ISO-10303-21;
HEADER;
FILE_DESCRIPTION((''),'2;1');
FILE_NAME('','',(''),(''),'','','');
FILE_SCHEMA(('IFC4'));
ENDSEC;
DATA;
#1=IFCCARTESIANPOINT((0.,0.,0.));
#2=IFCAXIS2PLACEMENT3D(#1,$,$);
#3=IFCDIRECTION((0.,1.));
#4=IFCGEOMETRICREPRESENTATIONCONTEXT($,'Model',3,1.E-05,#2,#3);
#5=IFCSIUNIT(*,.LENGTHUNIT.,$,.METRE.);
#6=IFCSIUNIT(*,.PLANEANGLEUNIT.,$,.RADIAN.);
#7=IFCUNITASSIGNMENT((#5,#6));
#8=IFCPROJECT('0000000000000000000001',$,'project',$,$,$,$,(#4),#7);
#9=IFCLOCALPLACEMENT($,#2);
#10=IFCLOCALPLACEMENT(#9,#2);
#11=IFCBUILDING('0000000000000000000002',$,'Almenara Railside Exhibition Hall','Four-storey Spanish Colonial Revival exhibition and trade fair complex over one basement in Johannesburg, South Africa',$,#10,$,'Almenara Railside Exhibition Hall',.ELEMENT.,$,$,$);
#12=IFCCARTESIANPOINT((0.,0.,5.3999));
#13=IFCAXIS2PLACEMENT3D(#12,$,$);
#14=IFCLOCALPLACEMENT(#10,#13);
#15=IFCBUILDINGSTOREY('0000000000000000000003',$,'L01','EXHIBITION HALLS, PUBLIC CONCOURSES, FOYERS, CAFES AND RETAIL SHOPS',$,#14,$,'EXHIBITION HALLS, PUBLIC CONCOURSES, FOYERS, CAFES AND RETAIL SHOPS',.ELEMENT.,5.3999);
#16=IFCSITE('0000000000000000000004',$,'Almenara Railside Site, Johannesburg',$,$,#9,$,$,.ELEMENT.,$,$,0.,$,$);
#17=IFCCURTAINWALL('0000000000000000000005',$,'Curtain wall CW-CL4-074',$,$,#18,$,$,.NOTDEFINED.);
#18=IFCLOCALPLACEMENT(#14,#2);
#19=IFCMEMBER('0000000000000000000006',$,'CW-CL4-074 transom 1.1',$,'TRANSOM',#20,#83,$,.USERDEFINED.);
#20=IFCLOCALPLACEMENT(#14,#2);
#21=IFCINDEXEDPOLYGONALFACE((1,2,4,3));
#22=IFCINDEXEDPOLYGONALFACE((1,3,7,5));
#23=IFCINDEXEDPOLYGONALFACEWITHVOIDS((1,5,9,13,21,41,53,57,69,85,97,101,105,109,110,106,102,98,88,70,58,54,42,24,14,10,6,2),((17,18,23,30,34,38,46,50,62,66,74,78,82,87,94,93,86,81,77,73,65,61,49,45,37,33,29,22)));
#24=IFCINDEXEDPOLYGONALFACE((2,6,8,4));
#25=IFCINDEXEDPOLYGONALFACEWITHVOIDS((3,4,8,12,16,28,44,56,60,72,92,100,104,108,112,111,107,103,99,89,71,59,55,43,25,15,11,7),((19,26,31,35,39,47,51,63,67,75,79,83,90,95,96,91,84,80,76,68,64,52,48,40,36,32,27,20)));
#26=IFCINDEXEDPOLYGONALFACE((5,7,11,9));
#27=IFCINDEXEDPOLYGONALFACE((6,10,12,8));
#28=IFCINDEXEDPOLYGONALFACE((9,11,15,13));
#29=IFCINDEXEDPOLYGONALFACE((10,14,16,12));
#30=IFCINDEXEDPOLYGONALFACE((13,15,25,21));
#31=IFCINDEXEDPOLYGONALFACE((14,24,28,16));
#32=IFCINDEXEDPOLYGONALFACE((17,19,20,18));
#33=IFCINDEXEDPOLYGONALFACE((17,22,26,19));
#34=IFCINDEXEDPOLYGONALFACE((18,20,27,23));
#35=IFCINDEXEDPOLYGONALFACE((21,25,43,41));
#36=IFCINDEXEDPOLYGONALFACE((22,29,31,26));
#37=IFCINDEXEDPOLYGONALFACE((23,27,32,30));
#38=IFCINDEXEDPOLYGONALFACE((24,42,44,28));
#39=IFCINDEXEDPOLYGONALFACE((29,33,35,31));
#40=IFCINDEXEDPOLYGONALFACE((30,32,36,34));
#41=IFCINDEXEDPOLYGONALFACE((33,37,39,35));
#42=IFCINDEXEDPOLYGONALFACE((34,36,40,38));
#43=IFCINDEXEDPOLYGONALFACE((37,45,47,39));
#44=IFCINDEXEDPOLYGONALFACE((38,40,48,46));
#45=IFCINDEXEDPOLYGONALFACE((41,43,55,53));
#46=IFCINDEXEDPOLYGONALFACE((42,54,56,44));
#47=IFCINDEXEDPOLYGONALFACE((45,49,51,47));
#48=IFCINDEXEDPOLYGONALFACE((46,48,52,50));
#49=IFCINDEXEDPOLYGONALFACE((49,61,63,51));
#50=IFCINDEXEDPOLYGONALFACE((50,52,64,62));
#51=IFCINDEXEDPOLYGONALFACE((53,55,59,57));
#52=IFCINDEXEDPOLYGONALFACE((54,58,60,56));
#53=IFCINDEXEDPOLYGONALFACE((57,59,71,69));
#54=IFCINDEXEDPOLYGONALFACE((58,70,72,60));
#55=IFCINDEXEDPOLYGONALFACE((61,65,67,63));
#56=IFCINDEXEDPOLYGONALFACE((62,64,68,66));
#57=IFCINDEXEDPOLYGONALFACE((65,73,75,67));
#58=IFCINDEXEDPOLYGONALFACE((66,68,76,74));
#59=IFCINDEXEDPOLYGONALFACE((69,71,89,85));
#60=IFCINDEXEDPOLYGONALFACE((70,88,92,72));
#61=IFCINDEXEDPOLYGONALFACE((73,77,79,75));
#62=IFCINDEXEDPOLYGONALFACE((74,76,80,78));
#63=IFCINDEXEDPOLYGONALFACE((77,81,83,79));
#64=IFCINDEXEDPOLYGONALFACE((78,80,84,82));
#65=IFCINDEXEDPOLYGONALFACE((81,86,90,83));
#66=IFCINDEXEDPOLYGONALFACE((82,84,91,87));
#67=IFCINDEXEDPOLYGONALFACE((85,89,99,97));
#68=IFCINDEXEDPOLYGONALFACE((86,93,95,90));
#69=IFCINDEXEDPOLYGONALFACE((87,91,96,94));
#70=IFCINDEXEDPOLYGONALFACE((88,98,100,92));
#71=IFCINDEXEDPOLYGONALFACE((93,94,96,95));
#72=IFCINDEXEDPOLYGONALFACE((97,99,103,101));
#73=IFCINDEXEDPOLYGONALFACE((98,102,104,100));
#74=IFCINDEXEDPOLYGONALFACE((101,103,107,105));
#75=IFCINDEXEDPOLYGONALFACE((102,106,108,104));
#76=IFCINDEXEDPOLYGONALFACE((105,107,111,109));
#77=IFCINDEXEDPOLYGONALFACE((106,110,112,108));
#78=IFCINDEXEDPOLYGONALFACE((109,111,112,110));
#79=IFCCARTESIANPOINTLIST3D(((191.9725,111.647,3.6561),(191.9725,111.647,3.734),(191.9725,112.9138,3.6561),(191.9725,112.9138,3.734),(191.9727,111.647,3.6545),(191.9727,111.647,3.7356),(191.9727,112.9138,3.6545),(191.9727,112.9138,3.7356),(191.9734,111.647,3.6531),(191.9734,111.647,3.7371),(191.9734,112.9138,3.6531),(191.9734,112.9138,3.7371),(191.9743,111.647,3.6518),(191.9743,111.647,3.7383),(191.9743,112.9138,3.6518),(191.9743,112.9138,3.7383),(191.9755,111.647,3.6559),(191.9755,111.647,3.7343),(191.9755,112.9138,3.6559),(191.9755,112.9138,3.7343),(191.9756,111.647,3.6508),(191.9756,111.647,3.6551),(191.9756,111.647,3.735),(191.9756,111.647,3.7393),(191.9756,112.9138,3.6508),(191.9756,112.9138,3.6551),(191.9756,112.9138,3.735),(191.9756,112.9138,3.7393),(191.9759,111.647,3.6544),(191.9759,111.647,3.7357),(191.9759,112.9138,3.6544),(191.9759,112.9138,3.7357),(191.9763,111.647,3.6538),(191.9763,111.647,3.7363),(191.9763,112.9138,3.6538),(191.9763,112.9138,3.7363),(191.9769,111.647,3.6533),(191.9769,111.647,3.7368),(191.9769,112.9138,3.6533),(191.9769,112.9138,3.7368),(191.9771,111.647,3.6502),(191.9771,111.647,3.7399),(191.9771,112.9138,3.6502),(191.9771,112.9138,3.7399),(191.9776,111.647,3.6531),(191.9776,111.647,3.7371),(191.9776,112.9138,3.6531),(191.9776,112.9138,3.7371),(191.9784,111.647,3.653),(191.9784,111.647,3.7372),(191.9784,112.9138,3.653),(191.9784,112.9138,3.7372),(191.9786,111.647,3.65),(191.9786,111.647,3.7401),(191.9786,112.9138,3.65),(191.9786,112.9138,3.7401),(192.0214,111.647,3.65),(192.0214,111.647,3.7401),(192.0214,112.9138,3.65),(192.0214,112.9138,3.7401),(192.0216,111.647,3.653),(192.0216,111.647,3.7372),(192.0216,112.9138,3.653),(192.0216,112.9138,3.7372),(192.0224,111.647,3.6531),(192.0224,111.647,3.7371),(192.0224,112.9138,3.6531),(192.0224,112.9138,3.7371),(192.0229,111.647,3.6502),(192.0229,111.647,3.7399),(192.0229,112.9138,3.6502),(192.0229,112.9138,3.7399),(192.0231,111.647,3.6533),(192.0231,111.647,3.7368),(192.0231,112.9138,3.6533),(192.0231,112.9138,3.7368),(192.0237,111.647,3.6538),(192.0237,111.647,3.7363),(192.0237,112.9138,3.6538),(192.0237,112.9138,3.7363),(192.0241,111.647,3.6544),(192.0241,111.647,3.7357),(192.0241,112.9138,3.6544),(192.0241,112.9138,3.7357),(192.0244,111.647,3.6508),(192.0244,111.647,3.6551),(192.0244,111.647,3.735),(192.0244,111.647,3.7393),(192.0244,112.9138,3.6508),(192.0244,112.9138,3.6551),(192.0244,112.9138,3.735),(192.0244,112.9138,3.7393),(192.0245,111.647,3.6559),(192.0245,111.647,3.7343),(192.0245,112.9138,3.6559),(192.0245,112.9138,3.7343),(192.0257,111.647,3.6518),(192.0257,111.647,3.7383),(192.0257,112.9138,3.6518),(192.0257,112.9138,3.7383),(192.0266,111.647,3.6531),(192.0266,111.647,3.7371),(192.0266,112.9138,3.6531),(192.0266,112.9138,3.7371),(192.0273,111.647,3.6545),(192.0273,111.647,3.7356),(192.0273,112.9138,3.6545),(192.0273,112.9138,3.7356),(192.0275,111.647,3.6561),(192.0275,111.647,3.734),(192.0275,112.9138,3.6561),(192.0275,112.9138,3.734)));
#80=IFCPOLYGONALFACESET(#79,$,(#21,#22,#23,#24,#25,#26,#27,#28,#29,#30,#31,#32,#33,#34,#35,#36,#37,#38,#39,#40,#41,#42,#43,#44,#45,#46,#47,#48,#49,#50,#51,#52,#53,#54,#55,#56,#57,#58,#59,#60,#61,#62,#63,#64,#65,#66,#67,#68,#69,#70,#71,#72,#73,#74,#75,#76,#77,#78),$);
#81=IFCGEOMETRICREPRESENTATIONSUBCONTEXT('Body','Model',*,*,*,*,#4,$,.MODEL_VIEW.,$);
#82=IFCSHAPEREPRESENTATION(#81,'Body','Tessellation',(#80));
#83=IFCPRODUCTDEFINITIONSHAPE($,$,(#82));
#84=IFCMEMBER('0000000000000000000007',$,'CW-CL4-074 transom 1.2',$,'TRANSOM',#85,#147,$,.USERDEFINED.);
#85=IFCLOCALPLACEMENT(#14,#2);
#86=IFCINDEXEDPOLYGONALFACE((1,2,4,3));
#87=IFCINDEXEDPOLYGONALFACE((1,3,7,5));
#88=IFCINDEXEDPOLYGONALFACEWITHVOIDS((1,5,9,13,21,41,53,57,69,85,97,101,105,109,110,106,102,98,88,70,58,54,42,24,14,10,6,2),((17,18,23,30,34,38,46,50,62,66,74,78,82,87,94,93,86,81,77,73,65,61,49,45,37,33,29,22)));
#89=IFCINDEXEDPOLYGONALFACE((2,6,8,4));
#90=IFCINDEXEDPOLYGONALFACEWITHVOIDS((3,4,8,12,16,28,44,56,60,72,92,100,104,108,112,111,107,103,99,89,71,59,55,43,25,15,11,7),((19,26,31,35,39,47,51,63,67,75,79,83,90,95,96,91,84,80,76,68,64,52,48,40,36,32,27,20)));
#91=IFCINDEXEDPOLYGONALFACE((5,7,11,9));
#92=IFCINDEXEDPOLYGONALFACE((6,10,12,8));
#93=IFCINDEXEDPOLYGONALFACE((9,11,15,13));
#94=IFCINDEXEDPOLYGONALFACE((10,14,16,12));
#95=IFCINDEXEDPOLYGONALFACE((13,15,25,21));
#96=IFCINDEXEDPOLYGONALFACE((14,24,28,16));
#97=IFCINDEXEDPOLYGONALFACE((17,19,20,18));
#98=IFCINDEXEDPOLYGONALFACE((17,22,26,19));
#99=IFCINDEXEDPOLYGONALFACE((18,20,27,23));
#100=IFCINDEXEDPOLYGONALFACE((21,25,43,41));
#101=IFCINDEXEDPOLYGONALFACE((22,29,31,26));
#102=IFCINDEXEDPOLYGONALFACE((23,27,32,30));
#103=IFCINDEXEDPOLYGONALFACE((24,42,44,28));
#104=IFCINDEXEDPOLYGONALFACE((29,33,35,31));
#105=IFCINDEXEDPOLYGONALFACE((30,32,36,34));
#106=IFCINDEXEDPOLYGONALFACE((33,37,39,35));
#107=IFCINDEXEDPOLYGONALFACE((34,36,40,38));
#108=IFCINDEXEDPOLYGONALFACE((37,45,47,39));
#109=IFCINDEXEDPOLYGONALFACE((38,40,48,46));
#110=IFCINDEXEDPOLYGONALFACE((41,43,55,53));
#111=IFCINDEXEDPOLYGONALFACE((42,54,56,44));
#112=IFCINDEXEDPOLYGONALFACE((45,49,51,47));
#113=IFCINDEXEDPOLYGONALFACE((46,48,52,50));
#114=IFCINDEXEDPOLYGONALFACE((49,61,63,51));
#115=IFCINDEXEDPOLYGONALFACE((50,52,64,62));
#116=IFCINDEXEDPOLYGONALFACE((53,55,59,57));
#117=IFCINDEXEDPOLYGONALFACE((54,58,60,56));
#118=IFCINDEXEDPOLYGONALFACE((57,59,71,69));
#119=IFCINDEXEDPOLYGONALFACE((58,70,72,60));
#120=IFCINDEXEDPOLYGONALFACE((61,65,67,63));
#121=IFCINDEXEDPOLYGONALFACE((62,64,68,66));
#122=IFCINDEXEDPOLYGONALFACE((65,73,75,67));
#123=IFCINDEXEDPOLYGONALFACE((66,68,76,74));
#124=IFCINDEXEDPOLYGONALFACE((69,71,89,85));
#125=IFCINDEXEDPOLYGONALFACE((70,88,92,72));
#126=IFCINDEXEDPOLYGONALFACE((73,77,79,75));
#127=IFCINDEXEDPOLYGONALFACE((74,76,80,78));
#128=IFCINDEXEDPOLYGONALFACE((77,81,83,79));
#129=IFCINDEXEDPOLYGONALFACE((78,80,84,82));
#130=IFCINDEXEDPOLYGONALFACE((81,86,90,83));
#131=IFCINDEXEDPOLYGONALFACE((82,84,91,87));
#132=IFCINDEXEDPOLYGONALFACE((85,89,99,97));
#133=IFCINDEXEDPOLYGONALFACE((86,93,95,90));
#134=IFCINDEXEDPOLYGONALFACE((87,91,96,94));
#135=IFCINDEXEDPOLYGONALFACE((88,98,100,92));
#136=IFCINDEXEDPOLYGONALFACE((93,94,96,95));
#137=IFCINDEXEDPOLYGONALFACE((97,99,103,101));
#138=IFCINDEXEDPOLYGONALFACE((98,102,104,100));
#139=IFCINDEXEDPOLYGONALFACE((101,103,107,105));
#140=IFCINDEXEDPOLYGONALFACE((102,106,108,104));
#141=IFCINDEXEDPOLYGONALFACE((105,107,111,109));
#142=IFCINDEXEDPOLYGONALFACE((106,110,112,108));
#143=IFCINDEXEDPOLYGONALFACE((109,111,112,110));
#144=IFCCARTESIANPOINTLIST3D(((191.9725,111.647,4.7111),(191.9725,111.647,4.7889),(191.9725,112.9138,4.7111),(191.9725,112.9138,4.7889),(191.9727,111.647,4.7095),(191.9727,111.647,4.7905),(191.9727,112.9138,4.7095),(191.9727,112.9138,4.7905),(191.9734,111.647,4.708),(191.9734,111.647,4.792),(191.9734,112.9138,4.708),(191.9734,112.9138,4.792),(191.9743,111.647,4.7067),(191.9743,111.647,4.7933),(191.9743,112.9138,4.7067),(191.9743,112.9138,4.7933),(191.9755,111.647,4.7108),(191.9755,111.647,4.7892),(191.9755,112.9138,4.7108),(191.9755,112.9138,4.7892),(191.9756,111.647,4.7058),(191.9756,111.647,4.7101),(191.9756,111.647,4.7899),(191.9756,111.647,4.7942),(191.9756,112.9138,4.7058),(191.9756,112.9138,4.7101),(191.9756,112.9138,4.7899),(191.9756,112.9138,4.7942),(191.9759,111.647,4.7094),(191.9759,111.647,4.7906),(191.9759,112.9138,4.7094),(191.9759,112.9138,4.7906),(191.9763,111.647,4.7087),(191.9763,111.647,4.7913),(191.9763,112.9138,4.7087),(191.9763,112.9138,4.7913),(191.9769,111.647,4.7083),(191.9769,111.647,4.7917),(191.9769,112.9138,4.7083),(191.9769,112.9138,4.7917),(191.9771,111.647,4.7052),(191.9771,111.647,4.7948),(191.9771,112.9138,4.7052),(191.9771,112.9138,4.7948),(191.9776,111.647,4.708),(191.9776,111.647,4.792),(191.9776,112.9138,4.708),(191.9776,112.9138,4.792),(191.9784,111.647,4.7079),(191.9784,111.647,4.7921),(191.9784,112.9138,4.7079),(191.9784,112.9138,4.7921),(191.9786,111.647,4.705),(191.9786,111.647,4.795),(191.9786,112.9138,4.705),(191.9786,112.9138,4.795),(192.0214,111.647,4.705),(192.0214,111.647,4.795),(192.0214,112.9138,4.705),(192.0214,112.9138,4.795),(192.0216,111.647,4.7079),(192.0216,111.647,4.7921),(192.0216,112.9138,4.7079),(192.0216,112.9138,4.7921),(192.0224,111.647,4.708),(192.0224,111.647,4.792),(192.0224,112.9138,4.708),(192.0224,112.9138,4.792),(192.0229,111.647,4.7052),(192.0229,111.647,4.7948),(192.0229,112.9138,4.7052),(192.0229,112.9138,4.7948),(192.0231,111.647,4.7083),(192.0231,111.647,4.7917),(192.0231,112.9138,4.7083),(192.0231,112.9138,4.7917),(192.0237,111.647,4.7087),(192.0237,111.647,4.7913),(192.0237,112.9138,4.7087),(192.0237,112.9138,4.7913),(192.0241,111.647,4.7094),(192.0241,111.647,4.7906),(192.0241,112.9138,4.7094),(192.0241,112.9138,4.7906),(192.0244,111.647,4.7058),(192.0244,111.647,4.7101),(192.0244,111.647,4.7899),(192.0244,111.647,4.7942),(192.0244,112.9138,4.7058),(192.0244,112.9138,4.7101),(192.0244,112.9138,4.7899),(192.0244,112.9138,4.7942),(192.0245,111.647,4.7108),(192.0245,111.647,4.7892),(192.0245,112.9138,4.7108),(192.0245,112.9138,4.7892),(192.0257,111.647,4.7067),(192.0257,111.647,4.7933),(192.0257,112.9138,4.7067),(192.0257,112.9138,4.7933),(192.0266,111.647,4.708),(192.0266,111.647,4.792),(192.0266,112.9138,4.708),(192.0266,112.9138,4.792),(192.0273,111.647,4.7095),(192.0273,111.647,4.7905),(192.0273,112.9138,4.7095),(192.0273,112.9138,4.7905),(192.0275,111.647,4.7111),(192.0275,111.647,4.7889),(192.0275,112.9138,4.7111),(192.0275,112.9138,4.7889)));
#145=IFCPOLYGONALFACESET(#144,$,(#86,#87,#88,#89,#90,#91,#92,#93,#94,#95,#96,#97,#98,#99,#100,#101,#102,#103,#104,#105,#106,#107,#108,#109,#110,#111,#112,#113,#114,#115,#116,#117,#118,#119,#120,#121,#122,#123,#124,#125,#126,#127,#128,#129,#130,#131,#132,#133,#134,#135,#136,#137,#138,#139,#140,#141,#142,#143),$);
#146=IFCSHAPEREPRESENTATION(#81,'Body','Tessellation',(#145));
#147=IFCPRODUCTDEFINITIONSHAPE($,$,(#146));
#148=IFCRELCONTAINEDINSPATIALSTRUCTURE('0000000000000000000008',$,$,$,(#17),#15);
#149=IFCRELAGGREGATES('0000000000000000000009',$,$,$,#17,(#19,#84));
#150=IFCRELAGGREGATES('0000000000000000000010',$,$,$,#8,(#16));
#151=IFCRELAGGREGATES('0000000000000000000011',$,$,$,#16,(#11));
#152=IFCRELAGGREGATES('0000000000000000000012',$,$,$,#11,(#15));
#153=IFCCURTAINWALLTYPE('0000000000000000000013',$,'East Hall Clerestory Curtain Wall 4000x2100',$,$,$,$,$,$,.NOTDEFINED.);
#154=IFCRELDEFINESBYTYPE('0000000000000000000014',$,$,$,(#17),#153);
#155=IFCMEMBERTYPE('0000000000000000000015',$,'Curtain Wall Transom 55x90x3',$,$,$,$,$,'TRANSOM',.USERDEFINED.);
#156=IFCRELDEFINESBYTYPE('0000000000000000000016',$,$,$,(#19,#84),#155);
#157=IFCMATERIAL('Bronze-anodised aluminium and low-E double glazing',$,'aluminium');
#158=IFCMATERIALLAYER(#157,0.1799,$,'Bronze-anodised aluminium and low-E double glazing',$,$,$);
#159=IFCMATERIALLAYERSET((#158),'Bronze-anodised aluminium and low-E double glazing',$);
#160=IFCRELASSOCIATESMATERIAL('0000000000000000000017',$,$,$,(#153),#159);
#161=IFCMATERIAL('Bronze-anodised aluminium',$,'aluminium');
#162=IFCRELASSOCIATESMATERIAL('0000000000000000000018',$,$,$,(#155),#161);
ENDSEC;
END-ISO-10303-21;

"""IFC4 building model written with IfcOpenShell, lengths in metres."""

from ifc_helpers import new_model, si_unit, direction, frame, origin, origin_2d, place, context, subcontext, project, spatial, hollow_rectangle, extrude, material, layer, layer_set, material_profile, profile_set, type_object, element, aggregate, save


model = new_model("IFC4")

# Units and contexts
model_context = context("Model", 3, precision=1e-05, world=origin(), true_north=direction((0.0, 1.0)))
body_context = subcontext(model_context, "Body", "Model", "MODEL_VIEW")
ifc_project = project(units=[si_unit("LENGTHUNIT", "METRE"), si_unit("PLANEANGLEUNIT", "RADIAN")], contexts=[model_context])

# Site, building, storey
site_placement = place(None, origin())
site = spatial("IfcSite", under=ifc_project, at=site_placement, Name="Almenara Railside Site, Johannesburg", CompositionType="ELEMENT", RefElevation=0.0)
building_placement = place(site_placement, origin())
building = spatial("IfcBuilding", under=site, at=building_placement, Name="Almenara Railside Exhibition Hall", Description="Four-storey Spanish Colonial Revival exhibition and trade fair complex over one basement in Johannesburg, South Africa", LongName="Almenara Railside Exhibition Hall", CompositionType="ELEMENT")
storey_placement = place(building_placement, frame((0.0, 0.0, 5.3999)))
storey = spatial("IfcBuildingStorey", under=building, at=storey_placement, Name="L01", Description="EXHIBITION HALLS, PUBLIC CONCOURSES, FOYERS, CAFES AND RETAIL SHOPS", LongName="EXHIBITION HALLS, PUBLIC CONCOURSES, FOYERS, CAFES AND RETAIL SHOPS", CompositionType="ELEMENT", Elevation=5.3999)

# Curtain wall
ifc_material_1 = material(Name="Bronze-anodised aluminium and low-E double glazing", Category="aluminium")
ifc_layer_1 = layer(ifc_material_1, 0.1799, Name="Bronze-anodised aluminium and low-E double glazing")
ifc_layer_set_1 = layer_set([ifc_layer_1], Name="Bronze-anodised aluminium and low-E double glazing")
curtain_wall_type = type_object("IfcCurtainWallType", Name="East Hall Clerestory Curtain Wall 4000x2100", PredefinedType="NOTDEFINED", material=ifc_layer_set_1)
curtain_wall_1_placement = place(storey_placement, origin())
curtain_wall_1 = element("IfcCurtainWall", 1, at=curtain_wall_1_placement, inside=storey, type_object=curtain_wall_type, Name="Curtain wall CW-CL4-074", PredefinedType="NOTDEFINED")
ifc_material_2 = material(Name="Bronze-anodised aluminium", Category="aluminium")

# Members
ifc_material_profile_1 = material_profile(ifc_material_2, hollow_rectangle(XDim=0.0549, YDim=0.0901, WallThickness=0.0029, InnerFilletRadius=0.0029, OuterFilletRadius=0.0061, at=origin_2d()), Name="ALU-TRN 55x90x3")
ifc_profile_set_1 = profile_set([ifc_material_profile_1], Name="Bronze-anodised aluminium")
member_type_1 = type_object("IfcMemberType", Name="Curtain Wall Transom 55x90x3", ElementType="TRANSOM", PredefinedType="USERDEFINED", material=ifc_profile_set_1)
member_1_placement = place(storey_placement, frame((192.0, 111.647, 3.6951), z_axis=(0.0, 1.0, 0.0), x_axis=(-1.0, 0.0, 0.0)))
member_1 = element("IfcMember", 2, at=member_1_placement, type_object=member_type_1, Name="CW-CL4-074 transom 1.1", ObjectType="TRANSOM", PredefinedType="USERDEFINED", context=body_context, shape_type="SweptSolid", body=[
    extrude(hollow_rectangle(XDim=0.0549, YDim=0.0901, WallThickness=0.0029, InnerFilletRadius=0.0029, OuterFilletRadius=0.0061, at=origin_2d()), origin(), (0.0, 0.0, 1.0), 1.2668),
])
member_2_placement = place(storey_placement, frame((192.0, 111.647, 4.75), z_axis=(0.0, 1.0, 0.0), x_axis=(-1.0, 0.0, 0.0)))
member_2 = element("IfcMember", 3, at=member_2_placement, type_object=member_type_1, Name="CW-CL4-074 transom 1.2", ObjectType="TRANSOM", PredefinedType="USERDEFINED", context=body_context, shape_type="SweptSolid", body=[
    extrude(hollow_rectangle(XDim=0.0549, YDim=0.0901, WallThickness=0.0029, InnerFilletRadius=0.0029, OuterFilletRadius=0.0061, at=origin_2d()), origin(), (0.0, 0.0, 1.0), 1.2668),
])

aggregate(curtain_wall_1, [member_1, member_2])

save(model, "model.ifc")
